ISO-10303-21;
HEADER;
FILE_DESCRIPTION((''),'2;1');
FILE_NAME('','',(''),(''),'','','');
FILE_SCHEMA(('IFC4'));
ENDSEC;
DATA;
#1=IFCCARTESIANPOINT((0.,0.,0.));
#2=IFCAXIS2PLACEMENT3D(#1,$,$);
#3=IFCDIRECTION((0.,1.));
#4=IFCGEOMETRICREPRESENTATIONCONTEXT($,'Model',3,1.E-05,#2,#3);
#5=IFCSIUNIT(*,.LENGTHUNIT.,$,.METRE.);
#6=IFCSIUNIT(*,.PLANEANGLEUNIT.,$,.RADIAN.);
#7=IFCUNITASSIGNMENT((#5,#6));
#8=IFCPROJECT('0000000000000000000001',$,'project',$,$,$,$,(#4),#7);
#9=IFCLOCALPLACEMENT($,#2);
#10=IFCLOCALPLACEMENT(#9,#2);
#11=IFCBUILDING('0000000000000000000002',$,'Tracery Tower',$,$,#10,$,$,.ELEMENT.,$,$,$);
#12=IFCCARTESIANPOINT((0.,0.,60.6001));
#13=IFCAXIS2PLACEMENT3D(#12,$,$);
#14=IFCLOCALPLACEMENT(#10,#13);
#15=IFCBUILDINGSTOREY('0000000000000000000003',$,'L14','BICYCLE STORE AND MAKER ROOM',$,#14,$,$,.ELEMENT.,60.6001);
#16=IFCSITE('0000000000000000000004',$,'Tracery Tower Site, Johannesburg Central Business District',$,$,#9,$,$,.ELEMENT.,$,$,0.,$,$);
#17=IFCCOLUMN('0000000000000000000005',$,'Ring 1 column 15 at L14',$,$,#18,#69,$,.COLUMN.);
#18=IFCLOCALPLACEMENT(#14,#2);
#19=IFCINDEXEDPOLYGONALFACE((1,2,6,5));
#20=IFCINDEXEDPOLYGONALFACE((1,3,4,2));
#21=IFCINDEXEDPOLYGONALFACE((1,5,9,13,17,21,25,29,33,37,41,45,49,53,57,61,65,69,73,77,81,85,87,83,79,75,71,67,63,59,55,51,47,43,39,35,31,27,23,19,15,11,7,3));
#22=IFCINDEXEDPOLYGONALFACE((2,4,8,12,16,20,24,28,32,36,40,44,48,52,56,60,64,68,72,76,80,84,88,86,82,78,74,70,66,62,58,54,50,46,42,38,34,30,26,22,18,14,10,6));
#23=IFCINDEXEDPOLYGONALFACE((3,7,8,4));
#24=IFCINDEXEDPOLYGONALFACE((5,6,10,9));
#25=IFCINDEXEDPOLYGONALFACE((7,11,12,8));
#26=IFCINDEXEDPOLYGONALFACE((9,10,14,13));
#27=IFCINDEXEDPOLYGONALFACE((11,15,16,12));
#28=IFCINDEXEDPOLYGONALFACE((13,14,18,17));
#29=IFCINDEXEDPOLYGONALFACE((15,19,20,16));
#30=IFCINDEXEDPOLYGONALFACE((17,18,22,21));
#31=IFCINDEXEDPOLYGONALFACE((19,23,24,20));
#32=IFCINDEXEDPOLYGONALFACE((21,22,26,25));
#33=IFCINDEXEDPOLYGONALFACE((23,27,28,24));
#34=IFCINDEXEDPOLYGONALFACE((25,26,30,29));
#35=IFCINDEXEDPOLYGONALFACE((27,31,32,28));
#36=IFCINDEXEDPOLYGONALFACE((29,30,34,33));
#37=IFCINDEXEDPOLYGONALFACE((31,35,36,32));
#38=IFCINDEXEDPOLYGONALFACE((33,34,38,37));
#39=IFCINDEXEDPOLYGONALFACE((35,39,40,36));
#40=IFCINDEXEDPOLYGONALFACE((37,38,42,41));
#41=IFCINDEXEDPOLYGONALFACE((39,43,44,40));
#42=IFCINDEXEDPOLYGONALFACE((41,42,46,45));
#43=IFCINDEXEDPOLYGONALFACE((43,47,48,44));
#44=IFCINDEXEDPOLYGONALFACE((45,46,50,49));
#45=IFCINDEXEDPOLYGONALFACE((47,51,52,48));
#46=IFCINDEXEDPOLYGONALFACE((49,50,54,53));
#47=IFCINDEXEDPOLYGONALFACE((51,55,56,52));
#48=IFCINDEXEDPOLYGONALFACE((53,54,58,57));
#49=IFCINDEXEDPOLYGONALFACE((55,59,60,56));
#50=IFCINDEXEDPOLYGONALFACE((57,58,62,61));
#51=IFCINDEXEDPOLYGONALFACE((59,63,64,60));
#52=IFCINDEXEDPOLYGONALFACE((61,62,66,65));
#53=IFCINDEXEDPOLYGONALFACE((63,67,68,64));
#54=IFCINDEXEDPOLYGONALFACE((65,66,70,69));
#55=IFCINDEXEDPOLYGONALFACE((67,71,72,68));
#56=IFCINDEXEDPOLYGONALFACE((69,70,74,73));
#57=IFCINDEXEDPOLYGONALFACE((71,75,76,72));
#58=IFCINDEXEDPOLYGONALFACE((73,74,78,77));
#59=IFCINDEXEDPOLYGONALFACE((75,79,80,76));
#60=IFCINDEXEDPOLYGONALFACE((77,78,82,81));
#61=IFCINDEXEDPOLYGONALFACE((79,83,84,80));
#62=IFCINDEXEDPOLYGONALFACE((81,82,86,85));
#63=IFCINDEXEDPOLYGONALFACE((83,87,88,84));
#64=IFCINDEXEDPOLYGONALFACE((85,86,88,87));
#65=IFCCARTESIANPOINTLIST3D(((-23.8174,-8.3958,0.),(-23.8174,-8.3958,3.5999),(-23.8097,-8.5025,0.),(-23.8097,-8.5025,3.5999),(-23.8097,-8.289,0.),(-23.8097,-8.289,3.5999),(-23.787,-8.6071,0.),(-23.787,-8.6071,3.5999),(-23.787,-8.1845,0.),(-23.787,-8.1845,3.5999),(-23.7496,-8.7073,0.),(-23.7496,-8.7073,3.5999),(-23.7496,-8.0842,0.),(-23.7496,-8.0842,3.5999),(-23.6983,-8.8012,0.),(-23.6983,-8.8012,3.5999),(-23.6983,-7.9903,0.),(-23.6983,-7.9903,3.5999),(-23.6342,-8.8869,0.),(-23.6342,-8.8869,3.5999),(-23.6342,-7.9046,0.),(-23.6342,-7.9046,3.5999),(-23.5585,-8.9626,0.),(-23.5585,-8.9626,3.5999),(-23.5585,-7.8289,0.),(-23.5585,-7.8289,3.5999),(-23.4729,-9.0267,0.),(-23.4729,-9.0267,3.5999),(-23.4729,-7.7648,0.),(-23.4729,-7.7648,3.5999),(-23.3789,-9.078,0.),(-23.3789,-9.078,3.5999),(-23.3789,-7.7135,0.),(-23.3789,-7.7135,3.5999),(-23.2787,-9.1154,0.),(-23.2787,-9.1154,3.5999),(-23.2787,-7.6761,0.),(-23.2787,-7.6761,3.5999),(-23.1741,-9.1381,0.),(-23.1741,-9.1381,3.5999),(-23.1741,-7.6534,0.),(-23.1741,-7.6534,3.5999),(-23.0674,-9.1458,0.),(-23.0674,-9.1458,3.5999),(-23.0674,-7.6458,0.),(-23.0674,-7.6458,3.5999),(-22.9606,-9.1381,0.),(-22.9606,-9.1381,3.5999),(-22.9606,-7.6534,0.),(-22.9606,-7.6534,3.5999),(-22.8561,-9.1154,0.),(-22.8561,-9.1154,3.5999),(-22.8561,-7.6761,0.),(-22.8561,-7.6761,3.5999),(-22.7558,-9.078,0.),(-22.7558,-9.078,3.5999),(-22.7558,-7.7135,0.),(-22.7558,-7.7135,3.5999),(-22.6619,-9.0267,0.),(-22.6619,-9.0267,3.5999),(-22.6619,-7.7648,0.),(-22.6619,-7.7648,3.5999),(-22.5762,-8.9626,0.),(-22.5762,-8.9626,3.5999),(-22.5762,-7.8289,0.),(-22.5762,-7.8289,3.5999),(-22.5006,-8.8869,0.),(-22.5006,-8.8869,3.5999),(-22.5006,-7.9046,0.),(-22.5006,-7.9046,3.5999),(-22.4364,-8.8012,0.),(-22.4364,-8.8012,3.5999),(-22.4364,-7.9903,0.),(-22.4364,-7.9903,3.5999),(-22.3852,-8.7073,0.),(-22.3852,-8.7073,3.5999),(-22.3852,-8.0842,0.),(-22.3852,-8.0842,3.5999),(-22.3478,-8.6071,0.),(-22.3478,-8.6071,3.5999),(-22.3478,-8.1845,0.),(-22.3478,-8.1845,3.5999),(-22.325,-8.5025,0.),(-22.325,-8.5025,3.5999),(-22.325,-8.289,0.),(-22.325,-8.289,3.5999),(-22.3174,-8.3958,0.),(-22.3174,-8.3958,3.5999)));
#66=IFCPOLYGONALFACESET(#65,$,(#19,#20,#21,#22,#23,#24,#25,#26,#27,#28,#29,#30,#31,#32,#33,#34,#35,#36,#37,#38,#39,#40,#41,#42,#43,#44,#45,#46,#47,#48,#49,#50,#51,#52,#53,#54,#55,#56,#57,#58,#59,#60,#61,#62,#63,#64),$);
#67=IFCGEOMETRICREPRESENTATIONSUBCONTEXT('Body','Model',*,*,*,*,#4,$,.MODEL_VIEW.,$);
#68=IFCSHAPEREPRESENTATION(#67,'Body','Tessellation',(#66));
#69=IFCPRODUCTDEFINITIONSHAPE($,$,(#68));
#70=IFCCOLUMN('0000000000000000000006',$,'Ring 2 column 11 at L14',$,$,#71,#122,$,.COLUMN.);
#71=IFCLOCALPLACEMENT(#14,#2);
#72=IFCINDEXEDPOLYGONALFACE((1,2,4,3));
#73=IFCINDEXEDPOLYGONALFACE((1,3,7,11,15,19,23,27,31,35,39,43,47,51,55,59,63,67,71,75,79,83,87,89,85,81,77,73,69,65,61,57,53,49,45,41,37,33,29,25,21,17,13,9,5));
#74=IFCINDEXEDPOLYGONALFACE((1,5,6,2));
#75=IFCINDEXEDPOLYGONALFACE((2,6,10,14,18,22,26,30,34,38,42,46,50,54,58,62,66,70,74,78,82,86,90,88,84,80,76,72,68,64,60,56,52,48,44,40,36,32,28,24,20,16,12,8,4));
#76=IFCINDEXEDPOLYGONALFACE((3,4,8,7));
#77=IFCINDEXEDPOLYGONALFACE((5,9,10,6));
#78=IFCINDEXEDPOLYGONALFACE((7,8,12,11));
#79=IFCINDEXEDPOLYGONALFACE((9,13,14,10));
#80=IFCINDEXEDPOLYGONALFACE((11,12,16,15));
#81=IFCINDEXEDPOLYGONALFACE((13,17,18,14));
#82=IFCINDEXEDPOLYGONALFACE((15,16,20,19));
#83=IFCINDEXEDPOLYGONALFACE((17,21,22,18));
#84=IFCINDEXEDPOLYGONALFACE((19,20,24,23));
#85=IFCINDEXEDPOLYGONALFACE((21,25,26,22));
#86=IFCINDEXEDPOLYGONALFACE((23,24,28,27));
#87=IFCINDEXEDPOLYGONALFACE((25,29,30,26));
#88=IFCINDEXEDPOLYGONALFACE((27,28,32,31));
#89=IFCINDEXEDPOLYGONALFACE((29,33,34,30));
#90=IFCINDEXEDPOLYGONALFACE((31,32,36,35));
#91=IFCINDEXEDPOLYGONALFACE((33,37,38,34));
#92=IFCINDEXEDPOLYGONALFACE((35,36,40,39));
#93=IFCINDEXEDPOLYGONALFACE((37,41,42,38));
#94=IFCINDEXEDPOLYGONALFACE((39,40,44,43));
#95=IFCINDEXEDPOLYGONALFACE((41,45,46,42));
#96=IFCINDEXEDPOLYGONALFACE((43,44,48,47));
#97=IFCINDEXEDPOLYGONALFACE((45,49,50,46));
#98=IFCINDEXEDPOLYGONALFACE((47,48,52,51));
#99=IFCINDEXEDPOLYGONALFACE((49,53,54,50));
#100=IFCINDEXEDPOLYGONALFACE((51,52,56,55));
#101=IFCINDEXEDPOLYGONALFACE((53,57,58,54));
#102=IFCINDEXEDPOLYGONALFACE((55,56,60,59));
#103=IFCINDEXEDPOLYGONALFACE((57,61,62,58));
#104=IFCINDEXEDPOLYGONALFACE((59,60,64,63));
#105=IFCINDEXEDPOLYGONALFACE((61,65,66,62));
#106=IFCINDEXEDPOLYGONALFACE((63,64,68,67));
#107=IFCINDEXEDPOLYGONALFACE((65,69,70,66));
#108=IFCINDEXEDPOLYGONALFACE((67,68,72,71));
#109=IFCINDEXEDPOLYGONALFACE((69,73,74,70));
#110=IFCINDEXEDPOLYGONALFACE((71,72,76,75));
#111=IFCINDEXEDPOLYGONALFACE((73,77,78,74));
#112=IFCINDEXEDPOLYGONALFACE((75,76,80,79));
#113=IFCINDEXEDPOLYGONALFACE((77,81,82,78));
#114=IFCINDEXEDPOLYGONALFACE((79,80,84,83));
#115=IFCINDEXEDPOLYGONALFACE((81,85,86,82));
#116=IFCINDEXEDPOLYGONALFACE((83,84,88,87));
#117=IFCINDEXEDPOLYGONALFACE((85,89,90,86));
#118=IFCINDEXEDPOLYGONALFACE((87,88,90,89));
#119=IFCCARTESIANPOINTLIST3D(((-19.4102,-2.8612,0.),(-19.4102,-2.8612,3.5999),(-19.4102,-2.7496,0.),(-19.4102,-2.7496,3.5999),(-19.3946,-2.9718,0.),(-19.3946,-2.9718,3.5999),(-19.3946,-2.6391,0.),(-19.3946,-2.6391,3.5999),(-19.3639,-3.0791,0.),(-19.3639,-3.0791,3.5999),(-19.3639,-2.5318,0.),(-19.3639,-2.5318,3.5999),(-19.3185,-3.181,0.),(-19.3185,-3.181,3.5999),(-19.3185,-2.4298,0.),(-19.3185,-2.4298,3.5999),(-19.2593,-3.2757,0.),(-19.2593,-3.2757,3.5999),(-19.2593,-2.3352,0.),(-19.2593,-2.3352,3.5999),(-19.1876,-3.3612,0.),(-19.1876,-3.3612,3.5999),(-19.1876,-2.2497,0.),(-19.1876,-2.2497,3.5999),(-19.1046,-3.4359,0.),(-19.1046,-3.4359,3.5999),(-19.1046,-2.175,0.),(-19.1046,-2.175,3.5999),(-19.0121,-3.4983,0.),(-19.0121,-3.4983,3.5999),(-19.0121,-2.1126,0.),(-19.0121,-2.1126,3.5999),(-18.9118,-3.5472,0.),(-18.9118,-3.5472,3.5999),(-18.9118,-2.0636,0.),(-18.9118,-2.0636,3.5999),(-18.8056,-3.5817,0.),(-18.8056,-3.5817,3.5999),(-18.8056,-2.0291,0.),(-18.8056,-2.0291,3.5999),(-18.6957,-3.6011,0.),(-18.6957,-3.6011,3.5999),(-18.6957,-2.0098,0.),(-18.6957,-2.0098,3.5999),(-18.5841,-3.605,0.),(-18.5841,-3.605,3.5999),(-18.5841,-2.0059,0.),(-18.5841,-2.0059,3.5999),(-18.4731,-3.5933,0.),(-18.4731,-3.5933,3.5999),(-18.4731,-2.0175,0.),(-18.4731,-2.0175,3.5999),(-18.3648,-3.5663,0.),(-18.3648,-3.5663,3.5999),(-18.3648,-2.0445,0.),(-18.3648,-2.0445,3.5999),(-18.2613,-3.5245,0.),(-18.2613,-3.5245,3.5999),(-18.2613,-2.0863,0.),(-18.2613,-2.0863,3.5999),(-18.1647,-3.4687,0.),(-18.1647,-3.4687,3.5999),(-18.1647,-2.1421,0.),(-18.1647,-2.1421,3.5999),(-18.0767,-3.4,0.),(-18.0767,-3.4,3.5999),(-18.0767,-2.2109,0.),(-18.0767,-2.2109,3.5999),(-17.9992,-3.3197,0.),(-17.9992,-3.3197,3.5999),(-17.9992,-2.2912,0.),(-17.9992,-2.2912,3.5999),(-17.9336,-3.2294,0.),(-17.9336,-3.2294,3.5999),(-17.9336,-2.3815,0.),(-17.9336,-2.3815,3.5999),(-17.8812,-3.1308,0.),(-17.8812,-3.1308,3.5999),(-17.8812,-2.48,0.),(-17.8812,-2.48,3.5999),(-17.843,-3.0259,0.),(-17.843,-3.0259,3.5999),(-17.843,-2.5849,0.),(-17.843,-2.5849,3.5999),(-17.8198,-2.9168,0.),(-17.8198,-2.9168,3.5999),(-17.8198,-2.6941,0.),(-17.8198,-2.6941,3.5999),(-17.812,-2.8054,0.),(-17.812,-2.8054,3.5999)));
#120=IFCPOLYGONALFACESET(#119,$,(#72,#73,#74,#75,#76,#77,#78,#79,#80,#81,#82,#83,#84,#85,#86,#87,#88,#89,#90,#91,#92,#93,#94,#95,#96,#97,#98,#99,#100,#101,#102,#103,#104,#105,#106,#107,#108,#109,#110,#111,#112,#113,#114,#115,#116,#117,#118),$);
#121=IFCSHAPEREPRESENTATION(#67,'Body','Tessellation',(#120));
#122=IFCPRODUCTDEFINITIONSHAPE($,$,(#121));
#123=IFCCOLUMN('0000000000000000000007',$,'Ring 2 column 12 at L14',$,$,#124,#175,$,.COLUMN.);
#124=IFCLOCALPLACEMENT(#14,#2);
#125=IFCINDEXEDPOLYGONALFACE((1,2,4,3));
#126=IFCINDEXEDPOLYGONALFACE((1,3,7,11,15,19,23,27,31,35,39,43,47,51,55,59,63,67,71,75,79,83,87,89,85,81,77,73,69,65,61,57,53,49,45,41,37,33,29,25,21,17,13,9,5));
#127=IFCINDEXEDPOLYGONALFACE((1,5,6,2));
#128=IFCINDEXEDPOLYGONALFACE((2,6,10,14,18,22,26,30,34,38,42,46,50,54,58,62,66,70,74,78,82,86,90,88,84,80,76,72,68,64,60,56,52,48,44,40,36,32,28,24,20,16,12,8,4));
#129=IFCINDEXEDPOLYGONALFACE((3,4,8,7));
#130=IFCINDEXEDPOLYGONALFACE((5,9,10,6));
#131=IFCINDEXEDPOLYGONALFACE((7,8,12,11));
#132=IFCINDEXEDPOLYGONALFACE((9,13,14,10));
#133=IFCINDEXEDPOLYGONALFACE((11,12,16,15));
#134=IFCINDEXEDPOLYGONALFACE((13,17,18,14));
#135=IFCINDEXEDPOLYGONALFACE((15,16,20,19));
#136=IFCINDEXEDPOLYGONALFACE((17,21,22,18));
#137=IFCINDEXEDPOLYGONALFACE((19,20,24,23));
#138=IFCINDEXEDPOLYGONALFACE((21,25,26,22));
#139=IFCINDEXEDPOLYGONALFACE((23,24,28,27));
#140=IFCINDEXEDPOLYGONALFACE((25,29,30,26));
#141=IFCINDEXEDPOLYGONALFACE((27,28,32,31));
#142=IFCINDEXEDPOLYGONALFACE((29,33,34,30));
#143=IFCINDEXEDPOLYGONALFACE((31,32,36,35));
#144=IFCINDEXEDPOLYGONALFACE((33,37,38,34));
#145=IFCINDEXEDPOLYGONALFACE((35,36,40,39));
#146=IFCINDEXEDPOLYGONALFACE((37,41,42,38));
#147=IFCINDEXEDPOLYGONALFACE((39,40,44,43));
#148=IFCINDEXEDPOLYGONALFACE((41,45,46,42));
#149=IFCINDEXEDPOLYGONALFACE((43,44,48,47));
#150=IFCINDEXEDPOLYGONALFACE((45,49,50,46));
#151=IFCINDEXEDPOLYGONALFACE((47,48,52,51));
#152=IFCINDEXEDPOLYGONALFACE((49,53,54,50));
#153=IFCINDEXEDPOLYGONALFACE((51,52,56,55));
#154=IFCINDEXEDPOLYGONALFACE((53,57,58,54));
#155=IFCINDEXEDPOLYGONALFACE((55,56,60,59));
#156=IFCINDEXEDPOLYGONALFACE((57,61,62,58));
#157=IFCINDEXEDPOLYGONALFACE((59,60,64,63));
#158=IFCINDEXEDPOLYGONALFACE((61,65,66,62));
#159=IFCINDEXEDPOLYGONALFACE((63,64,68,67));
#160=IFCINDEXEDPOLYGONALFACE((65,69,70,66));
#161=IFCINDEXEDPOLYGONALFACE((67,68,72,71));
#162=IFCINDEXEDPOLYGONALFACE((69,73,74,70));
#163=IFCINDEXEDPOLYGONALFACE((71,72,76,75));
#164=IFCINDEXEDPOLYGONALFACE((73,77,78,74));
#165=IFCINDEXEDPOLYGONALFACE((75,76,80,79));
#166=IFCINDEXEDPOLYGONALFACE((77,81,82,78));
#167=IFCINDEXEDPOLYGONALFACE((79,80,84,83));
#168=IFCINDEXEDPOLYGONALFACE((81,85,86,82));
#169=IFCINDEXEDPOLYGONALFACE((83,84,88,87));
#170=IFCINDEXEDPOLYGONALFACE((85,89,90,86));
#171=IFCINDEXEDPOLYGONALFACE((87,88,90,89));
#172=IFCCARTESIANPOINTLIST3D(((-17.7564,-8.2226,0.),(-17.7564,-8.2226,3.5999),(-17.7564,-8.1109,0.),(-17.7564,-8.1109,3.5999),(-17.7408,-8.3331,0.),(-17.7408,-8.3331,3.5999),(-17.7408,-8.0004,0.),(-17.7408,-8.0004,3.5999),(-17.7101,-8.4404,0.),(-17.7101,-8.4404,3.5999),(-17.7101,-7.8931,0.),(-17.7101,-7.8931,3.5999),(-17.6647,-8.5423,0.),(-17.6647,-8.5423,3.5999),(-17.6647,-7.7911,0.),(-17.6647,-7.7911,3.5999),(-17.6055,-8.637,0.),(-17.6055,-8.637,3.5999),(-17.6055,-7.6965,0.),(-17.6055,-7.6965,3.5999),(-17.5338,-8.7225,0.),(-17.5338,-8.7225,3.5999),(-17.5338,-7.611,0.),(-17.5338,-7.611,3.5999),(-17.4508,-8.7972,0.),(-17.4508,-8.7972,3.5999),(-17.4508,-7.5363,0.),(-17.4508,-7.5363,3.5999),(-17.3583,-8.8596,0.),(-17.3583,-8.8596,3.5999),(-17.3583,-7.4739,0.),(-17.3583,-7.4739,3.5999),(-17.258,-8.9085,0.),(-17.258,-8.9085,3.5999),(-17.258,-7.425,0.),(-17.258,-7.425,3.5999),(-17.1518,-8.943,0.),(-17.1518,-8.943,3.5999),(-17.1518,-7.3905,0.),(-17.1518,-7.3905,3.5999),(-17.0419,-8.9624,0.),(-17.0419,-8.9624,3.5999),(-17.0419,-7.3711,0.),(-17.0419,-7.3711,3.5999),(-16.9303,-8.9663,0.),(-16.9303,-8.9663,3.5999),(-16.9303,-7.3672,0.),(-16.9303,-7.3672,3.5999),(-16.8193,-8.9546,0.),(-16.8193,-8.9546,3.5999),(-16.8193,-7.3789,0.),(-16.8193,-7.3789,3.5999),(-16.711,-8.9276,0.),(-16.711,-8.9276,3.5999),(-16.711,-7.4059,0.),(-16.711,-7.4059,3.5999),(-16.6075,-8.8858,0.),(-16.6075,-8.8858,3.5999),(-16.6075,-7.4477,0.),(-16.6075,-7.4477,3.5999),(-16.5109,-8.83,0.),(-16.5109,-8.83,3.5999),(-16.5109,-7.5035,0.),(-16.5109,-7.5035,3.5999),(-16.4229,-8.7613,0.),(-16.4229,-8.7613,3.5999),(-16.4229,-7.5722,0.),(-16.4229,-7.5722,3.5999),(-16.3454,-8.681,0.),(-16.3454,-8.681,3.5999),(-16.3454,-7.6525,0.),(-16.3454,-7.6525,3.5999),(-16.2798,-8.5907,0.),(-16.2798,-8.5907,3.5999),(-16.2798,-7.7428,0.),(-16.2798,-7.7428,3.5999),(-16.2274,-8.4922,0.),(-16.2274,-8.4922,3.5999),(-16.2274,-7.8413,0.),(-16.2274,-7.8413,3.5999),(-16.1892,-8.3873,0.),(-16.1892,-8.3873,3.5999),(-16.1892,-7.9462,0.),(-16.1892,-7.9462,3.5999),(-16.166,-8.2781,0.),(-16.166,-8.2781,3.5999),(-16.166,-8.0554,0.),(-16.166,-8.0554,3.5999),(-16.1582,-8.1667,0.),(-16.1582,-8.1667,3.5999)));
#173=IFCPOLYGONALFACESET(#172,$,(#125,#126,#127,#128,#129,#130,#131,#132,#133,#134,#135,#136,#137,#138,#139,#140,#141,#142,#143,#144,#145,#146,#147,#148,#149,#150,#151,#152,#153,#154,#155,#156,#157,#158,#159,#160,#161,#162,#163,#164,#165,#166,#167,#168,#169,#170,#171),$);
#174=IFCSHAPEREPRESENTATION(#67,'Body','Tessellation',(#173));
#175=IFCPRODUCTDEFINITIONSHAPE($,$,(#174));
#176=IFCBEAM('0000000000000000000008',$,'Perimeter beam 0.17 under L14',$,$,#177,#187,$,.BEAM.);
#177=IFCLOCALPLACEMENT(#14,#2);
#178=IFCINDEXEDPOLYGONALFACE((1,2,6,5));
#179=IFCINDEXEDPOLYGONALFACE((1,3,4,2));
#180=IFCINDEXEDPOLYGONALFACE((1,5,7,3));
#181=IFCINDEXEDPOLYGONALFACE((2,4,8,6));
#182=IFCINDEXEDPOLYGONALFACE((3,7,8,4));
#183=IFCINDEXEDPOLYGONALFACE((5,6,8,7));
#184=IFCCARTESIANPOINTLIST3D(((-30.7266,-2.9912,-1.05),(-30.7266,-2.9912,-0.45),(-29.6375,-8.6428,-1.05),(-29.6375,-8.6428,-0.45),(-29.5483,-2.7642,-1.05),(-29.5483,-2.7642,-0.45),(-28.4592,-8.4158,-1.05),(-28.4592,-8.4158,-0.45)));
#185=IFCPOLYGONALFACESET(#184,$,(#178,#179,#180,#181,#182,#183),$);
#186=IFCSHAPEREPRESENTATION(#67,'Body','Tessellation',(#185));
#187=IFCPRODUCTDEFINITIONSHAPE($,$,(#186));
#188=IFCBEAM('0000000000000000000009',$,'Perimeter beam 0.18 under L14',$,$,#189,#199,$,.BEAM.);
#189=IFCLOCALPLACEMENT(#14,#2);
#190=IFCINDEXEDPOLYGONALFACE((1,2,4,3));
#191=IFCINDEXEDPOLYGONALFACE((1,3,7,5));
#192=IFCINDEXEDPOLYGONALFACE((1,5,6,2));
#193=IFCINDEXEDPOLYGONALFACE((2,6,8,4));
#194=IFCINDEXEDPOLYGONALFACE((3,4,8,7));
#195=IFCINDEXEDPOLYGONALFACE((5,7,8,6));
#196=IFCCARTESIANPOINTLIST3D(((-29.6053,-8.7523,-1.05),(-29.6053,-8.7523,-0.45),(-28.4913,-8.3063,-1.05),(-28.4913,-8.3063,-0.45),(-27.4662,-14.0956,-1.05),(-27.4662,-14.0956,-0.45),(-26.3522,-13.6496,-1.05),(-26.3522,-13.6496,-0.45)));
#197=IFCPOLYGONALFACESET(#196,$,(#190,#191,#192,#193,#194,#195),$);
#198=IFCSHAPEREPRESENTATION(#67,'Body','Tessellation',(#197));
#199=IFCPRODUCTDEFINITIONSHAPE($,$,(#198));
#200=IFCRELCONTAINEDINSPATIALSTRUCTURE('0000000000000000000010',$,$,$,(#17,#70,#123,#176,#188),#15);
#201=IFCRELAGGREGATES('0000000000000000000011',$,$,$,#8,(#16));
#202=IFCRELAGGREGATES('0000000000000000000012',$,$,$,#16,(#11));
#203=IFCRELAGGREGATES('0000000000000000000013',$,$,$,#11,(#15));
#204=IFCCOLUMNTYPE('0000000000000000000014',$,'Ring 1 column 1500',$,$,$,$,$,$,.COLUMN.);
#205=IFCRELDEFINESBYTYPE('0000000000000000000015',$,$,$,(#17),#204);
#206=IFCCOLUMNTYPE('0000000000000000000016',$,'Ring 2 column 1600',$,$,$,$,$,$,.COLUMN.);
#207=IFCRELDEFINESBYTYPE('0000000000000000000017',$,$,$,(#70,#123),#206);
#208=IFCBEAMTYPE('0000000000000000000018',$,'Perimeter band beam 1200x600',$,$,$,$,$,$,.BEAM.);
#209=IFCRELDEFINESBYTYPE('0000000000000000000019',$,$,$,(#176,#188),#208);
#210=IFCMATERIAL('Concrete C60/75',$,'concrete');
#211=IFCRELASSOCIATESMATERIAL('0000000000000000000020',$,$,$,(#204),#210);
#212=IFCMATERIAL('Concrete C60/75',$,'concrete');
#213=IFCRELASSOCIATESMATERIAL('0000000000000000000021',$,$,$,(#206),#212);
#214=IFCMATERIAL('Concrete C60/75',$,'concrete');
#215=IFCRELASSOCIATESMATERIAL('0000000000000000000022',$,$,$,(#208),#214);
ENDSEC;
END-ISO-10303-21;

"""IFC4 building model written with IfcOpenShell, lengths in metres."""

from ifc_helpers import new_model, si_unit, direction, frame, origin, origin_2d, place, context, subcontext, project, spatial, rectangle, circle, extrude, material, material_profile, profile_set, type_object, element, save


model = new_model("IFC4")

# Units and contexts
model_context = context("Model", 3, precision=1e-05, world=origin(), true_north=direction((0.0, 1.0)))
body_context = subcontext(model_context, "Body", "Model", "MODEL_VIEW")
ifc_project = project(units=[si_unit("LENGTHUNIT", "METRE"), si_unit("PLANEANGLEUNIT", "RADIAN")], contexts=[model_context])

# Site, building, storey
site_placement = place(None, origin())
site = spatial("IfcSite", under=ifc_project, at=site_placement, Name="Tracery Tower Site, Johannesburg Central Business District", CompositionType="ELEMENT", RefElevation=0.0)
building_placement = place(site_placement, origin())
building = spatial("IfcBuilding", under=site, at=building_placement, Name="Tracery Tower", CompositionType="ELEMENT")
storey_placement = place(building_placement, frame((0.0, 0.0, 60.6001)))
storey = spatial("IfcBuildingStorey", under=building, at=storey_placement, Name="L14", Description="BICYCLE STORE AND MAKER ROOM", CompositionType="ELEMENT", Elevation=60.6001)

# Columns
ifc_material_1 = material(Name="Concrete C60/75", Category="concrete")
ifc_material_profile_1 = material_profile(ifc_material_1, circle(Radius=0.75, at=origin_2d()), Name="RC D1500")
ifc_profile_set_1 = profile_set([ifc_material_profile_1], Name="Concrete C60/75")
column_type_1 = type_object("IfcColumnType", Name="Ring 1 column 1500", PredefinedType="COLUMN", material=ifc_profile_set_1)
for number, where, z_axis, x_axis, name in (
    (1, (-23.0674, -8.3958, 0.0), (0.0, 0.0, 1.0), (1.0, 0.0, 0.0), "Ring 1 column 15 at L14"),
):
    element("IfcColumn", number, at=place(storey_placement, frame(where, z_axis=z_axis, x_axis=x_axis)), inside=storey, type_object=column_type_1, Name=name, PredefinedType="COLUMN", context=body_context, shape_type="SweptSolid", body=[
        extrude(circle(Radius=0.75, at=origin_2d()), origin(), (0.0, 0.0, 1.0), 3.5999),
    ])
ifc_material_2 = material(Name="Concrete C60/75", Category="concrete")
ifc_material_profile_2 = material_profile(ifc_material_2, circle(Radius=0.8, at=origin_2d()), Name="RC D1600")
ifc_profile_set_2 = profile_set([ifc_material_profile_2], Name="Concrete C60/75")
column_type_2 = type_object("IfcColumnType", Name="Ring 2 column 1600", PredefinedType="COLUMN", material=ifc_profile_set_2)
for number, where, z_axis, x_axis, name in (
    (2, (-18.6121, -2.8054, 0.0), (0.0, 0.0, 1.0), (1.0, 0.0, 0.0), "Ring 2 column 11 at L14"),
    (3, (-16.9583, -8.1667, 0.0), (0.0, 0.0, 1.0), (1.0, 0.0, 0.0), "Ring 2 column 12 at L14"),
):
    element("IfcColumn", number, at=place(storey_placement, frame(where, z_axis=z_axis, x_axis=x_axis)), inside=storey, type_object=column_type_2, Name=name, PredefinedType="COLUMN", context=body_context, shape_type="SweptSolid", body=[
        extrude(circle(Radius=0.8, at=origin_2d()), origin(), (0.0, 0.0, 1.0), 3.5999),
    ])

# Beams
ifc_material_3 = material(Name="Concrete C60/75", Category="concrete")
ifc_material_profile_3 = material_profile(ifc_material_3, rectangle(XDim=1.2, YDim=0.6001, at=origin_2d()), Name="RC 1200x600")
ifc_profile_set_3 = profile_set([ifc_material_profile_3], Name="Concrete C60/75")
beam_type = type_object("IfcBeamType", Name="Perimeter band beam 1200x600", PredefinedType="BEAM", material=ifc_profile_set_3)
for number, where, z_axis, x_axis, name in (
    (4, (-30.1375, -2.8777, -0.75), (0.189227, -0.981933, 0.0), (0.981933, 0.189227, 0.0), "Perimeter beam 0.17 under L14"),
    (5, (-29.0483, -8.5293, -0.75), (0.371669, -0.928365, 0.0), (0.928365, 0.371669, 0.0), "Perimeter beam 0.18 under L14"),
):
    element("IfcBeam", number, at=place(storey_placement, frame(where, z_axis=z_axis, x_axis=x_axis)), inside=storey, type_object=beam_type, Name=name, PredefinedType="BEAM", context=body_context, shape_type="SweptSolid", body=[
        extrude(rectangle(XDim=1.2, YDim=0.6001, at=origin_2d()), origin(), (0.0, 0.0, 1.0), 5.7556),
    ])

save(model, "model.ifc")
